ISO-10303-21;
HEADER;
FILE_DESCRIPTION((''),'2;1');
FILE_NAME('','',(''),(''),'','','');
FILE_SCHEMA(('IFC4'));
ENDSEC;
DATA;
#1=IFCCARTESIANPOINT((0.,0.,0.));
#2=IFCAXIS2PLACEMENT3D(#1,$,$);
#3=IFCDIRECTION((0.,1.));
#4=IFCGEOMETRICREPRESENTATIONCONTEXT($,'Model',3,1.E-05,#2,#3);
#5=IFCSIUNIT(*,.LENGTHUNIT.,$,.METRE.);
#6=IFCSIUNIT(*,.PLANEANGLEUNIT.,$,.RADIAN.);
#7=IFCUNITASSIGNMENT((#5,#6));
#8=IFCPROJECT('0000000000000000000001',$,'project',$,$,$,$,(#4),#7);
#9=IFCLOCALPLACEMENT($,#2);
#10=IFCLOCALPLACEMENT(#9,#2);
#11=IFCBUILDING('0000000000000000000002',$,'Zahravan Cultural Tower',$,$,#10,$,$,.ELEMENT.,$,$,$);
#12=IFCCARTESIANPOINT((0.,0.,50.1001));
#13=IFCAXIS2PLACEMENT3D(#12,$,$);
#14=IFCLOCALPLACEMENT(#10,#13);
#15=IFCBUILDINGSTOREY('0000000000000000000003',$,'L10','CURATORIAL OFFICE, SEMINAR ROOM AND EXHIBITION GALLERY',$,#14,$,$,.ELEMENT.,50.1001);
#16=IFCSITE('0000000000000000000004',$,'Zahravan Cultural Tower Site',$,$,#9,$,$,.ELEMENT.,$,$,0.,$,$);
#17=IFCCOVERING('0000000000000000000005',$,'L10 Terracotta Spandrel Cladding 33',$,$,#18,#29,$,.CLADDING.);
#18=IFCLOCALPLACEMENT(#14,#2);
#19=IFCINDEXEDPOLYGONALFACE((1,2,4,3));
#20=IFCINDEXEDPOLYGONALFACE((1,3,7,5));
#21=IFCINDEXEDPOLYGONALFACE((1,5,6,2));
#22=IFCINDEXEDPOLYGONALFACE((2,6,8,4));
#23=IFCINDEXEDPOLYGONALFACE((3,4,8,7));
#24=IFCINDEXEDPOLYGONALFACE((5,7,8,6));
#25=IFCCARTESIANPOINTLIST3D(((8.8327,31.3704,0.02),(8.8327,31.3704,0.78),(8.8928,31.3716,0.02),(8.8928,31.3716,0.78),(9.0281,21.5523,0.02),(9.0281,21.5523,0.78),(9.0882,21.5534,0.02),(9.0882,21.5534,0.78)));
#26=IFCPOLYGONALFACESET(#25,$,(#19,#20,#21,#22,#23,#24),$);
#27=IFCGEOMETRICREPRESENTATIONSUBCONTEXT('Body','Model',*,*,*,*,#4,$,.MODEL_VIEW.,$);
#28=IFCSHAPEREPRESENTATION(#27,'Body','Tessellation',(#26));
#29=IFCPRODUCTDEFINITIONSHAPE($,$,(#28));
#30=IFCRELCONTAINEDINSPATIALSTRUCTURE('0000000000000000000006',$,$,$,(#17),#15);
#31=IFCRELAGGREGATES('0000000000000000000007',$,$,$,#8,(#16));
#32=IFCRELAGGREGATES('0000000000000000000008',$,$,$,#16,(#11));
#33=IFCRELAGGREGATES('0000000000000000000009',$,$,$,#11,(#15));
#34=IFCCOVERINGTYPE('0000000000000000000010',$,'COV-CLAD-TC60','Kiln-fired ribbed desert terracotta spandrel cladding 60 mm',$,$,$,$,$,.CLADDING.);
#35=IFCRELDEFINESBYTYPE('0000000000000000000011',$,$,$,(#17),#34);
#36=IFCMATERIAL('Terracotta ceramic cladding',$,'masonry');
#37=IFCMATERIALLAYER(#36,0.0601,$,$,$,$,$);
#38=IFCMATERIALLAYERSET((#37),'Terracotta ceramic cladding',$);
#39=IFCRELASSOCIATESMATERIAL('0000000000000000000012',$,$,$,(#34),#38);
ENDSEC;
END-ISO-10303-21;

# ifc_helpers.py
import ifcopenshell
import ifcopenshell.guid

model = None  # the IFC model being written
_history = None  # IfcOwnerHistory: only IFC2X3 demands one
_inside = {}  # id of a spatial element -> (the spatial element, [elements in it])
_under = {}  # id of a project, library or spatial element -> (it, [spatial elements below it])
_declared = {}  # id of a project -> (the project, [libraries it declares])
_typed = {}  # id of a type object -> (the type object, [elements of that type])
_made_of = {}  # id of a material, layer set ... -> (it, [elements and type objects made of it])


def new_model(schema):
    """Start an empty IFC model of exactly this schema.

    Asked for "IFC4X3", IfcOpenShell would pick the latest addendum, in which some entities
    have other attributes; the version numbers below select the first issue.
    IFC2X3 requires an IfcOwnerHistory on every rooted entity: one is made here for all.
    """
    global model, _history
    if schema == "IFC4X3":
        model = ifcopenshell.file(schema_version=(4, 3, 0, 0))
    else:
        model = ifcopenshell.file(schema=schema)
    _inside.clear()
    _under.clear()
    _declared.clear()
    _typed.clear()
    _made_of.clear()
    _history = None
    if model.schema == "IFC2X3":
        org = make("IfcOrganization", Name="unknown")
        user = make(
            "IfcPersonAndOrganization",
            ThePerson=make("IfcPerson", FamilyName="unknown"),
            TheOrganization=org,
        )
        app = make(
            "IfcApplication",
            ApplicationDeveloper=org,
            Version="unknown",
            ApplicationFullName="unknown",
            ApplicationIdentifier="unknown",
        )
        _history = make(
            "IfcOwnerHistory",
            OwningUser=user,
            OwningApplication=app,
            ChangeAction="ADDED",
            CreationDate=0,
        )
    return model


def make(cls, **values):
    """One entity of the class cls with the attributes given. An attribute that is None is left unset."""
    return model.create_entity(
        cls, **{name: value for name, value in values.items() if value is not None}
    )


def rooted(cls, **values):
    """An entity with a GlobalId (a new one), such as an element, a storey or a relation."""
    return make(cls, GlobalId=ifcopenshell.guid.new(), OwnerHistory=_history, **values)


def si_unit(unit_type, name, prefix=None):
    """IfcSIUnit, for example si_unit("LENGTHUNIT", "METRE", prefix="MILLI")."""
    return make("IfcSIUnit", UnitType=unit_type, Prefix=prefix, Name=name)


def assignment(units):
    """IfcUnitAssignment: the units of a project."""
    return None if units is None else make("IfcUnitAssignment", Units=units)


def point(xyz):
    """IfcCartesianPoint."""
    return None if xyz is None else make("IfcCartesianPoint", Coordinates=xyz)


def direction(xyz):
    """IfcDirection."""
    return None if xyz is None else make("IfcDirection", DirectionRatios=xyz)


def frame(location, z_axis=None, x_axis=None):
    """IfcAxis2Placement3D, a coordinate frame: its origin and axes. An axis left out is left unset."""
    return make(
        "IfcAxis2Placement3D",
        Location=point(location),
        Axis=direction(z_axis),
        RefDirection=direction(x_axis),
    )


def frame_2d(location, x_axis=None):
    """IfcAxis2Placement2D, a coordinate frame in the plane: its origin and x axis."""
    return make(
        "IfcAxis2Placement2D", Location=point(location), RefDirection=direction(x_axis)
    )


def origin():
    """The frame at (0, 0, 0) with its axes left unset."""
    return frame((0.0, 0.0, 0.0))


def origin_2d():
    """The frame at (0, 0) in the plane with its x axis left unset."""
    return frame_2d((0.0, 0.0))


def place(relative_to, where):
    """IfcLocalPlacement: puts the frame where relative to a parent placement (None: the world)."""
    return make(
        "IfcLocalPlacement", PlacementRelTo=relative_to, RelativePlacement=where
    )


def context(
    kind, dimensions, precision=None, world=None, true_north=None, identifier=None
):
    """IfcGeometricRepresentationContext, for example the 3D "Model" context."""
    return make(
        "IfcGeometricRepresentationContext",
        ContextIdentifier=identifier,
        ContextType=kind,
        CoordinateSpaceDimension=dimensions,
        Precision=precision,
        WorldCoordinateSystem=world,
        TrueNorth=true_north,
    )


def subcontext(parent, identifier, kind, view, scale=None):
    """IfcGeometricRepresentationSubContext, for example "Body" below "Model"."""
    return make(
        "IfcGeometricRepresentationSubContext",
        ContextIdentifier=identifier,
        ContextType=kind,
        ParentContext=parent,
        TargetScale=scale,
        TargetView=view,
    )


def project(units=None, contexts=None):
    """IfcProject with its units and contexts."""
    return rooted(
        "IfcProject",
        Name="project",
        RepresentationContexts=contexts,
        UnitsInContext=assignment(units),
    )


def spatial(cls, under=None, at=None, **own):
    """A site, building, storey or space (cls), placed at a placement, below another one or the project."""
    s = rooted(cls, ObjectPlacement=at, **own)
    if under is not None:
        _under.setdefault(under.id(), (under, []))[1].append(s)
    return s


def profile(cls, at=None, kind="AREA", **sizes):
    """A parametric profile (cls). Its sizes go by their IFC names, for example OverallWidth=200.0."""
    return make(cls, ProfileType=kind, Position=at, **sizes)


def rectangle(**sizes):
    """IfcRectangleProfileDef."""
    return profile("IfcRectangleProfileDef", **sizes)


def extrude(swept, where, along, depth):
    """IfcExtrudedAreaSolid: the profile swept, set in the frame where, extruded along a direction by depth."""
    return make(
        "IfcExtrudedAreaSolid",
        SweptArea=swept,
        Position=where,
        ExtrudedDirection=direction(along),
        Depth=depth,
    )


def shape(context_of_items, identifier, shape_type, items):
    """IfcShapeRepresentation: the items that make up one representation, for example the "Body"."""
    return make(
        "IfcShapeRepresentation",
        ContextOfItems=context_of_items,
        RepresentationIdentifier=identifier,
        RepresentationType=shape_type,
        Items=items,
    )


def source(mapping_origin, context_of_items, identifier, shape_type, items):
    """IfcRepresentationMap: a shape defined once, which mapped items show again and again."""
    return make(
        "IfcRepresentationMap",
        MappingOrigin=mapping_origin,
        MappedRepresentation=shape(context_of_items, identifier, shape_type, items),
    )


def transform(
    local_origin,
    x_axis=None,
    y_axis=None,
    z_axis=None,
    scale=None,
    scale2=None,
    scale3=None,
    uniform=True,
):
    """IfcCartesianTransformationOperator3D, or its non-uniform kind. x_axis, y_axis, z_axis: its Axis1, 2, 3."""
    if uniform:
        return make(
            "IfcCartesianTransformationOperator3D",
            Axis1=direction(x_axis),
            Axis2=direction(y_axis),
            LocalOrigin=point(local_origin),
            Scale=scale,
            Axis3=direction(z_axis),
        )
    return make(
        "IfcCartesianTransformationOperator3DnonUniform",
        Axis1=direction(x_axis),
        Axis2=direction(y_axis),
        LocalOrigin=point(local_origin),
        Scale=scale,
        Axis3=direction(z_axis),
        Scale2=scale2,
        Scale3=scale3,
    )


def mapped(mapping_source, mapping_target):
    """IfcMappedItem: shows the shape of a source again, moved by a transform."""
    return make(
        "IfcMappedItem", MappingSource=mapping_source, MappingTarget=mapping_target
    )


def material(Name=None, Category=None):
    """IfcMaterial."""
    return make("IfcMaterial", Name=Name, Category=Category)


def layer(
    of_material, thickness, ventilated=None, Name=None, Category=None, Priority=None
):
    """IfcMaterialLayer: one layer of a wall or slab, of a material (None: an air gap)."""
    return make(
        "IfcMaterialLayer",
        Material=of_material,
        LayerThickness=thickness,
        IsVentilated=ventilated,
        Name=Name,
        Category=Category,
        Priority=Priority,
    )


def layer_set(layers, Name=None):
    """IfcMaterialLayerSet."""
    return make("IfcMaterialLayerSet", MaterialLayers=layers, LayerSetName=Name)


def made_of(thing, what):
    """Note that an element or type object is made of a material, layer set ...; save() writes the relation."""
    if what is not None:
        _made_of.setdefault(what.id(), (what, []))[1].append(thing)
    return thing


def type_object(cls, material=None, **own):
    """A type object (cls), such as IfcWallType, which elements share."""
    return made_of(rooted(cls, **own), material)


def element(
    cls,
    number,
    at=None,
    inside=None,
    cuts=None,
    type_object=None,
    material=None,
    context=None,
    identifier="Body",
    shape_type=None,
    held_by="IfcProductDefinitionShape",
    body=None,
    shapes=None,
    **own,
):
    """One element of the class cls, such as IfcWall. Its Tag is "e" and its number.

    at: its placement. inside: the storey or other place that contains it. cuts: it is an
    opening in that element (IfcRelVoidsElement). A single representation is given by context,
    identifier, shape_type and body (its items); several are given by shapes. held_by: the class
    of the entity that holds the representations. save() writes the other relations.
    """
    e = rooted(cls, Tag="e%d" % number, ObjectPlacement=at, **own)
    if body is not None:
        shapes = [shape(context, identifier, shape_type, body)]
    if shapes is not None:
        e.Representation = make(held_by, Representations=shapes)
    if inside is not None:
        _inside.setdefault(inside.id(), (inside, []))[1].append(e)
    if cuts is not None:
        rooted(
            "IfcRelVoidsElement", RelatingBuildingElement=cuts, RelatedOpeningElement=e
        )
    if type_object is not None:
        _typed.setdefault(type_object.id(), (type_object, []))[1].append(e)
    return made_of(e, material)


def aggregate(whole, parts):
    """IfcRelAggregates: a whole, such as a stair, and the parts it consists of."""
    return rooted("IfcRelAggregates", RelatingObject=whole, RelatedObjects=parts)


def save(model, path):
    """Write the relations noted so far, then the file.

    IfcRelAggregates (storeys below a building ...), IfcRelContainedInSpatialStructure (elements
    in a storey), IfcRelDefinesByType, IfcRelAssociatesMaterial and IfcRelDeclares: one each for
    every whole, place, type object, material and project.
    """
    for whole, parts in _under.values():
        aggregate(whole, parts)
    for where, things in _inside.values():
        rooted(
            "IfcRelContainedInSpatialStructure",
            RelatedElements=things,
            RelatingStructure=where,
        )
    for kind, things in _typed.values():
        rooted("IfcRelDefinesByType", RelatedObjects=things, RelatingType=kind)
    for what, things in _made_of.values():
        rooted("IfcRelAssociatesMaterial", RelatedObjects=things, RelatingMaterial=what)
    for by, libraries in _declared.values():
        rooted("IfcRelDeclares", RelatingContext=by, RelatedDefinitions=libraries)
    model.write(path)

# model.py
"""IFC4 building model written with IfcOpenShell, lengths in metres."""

from ifc_helpers import new_model, si_unit, direction, frame, origin, origin_2d, place, context, subcontext, project, spatial, rectangle, extrude, source, transform, mapped, material, layer, layer_set, type_object, element, save


model = new_model("IFC4")

# Units and contexts
model_context = context("Model", 3, precision=1e-05, world=origin(), true_north=direction((0.0, 1.0)))
body_context = subcontext(model_context, "Body", "Model", "MODEL_VIEW")
ifc_project = project(units=[si_unit("LENGTHUNIT", "METRE"), si_unit("PLANEANGLEUNIT", "RADIAN")], contexts=[model_context])

# Site, building, storey
site_placement = place(None, origin())
site = spatial("IfcSite", under=ifc_project, at=site_placement, Name="Zahravan Cultural Tower Site", CompositionType="ELEMENT", RefElevation=0.0)
building_placement = place(site_placement, origin())
building = spatial("IfcBuilding", under=site, at=building_placement, Name="Zahravan Cultural Tower", CompositionType="ELEMENT")
storey_placement = place(building_placement, frame((0.0, 0.0, 50.1001)))
storey = spatial("IfcBuildingStorey", under=building, at=storey_placement, Name="L10", Description="CURATORIAL OFFICE, SEMINAR ROOM AND EXHIBITION GALLERY", CompositionType="ELEMENT", Elevation=50.1001)

# Covering
ifc_material_1 = material(Name="Terracotta ceramic cladding", Category="masonry")
ifc_layer_1 = layer(ifc_material_1, 0.0601)
ifc_layer_set_1 = layer_set([ifc_layer_1], Name="Terracotta ceramic cladding")
covering_type = type_object("IfcCoveringType", Name="COV-CLAD-TC60", Description="Kiln-fired ribbed desert terracotta spandrel cladding 60 mm", PredefinedType="CLADDING", material=ifc_layer_set_1)
shared_shape_1 = source(origin(), body_context, "Body", "SweptSolid", [
    extrude(rectangle(XDim=9.8201, YDim=0.0601, at=origin_2d()), origin(), (0.0, 0.0, 1.0), 0.76),
])
covering_placement = place(storey_placement, frame((8.9604, 26.4619, 0.02), z_axis=(0.0, 0.0, 1.0), x_axis=(-0.019895, 0.999802, 0.0)))
element("IfcCovering", 1, at=covering_placement, inside=storey, type_object=covering_type, Name="L10 Terracotta Spandrel Cladding 33", PredefinedType="CLADDING", context=body_context, shape_type="MappedRepresentation", body=[
    mapped(shared_shape_1, transform((0.0, 0.0, 0.0), x_axis=(1.0, 0.0, 0.0), y_axis=(0.0, 1.0, 0.0), z_axis=(0.0, 0.0, 1.0), scale=1.0)),
])

save(model, "model.ifc")
